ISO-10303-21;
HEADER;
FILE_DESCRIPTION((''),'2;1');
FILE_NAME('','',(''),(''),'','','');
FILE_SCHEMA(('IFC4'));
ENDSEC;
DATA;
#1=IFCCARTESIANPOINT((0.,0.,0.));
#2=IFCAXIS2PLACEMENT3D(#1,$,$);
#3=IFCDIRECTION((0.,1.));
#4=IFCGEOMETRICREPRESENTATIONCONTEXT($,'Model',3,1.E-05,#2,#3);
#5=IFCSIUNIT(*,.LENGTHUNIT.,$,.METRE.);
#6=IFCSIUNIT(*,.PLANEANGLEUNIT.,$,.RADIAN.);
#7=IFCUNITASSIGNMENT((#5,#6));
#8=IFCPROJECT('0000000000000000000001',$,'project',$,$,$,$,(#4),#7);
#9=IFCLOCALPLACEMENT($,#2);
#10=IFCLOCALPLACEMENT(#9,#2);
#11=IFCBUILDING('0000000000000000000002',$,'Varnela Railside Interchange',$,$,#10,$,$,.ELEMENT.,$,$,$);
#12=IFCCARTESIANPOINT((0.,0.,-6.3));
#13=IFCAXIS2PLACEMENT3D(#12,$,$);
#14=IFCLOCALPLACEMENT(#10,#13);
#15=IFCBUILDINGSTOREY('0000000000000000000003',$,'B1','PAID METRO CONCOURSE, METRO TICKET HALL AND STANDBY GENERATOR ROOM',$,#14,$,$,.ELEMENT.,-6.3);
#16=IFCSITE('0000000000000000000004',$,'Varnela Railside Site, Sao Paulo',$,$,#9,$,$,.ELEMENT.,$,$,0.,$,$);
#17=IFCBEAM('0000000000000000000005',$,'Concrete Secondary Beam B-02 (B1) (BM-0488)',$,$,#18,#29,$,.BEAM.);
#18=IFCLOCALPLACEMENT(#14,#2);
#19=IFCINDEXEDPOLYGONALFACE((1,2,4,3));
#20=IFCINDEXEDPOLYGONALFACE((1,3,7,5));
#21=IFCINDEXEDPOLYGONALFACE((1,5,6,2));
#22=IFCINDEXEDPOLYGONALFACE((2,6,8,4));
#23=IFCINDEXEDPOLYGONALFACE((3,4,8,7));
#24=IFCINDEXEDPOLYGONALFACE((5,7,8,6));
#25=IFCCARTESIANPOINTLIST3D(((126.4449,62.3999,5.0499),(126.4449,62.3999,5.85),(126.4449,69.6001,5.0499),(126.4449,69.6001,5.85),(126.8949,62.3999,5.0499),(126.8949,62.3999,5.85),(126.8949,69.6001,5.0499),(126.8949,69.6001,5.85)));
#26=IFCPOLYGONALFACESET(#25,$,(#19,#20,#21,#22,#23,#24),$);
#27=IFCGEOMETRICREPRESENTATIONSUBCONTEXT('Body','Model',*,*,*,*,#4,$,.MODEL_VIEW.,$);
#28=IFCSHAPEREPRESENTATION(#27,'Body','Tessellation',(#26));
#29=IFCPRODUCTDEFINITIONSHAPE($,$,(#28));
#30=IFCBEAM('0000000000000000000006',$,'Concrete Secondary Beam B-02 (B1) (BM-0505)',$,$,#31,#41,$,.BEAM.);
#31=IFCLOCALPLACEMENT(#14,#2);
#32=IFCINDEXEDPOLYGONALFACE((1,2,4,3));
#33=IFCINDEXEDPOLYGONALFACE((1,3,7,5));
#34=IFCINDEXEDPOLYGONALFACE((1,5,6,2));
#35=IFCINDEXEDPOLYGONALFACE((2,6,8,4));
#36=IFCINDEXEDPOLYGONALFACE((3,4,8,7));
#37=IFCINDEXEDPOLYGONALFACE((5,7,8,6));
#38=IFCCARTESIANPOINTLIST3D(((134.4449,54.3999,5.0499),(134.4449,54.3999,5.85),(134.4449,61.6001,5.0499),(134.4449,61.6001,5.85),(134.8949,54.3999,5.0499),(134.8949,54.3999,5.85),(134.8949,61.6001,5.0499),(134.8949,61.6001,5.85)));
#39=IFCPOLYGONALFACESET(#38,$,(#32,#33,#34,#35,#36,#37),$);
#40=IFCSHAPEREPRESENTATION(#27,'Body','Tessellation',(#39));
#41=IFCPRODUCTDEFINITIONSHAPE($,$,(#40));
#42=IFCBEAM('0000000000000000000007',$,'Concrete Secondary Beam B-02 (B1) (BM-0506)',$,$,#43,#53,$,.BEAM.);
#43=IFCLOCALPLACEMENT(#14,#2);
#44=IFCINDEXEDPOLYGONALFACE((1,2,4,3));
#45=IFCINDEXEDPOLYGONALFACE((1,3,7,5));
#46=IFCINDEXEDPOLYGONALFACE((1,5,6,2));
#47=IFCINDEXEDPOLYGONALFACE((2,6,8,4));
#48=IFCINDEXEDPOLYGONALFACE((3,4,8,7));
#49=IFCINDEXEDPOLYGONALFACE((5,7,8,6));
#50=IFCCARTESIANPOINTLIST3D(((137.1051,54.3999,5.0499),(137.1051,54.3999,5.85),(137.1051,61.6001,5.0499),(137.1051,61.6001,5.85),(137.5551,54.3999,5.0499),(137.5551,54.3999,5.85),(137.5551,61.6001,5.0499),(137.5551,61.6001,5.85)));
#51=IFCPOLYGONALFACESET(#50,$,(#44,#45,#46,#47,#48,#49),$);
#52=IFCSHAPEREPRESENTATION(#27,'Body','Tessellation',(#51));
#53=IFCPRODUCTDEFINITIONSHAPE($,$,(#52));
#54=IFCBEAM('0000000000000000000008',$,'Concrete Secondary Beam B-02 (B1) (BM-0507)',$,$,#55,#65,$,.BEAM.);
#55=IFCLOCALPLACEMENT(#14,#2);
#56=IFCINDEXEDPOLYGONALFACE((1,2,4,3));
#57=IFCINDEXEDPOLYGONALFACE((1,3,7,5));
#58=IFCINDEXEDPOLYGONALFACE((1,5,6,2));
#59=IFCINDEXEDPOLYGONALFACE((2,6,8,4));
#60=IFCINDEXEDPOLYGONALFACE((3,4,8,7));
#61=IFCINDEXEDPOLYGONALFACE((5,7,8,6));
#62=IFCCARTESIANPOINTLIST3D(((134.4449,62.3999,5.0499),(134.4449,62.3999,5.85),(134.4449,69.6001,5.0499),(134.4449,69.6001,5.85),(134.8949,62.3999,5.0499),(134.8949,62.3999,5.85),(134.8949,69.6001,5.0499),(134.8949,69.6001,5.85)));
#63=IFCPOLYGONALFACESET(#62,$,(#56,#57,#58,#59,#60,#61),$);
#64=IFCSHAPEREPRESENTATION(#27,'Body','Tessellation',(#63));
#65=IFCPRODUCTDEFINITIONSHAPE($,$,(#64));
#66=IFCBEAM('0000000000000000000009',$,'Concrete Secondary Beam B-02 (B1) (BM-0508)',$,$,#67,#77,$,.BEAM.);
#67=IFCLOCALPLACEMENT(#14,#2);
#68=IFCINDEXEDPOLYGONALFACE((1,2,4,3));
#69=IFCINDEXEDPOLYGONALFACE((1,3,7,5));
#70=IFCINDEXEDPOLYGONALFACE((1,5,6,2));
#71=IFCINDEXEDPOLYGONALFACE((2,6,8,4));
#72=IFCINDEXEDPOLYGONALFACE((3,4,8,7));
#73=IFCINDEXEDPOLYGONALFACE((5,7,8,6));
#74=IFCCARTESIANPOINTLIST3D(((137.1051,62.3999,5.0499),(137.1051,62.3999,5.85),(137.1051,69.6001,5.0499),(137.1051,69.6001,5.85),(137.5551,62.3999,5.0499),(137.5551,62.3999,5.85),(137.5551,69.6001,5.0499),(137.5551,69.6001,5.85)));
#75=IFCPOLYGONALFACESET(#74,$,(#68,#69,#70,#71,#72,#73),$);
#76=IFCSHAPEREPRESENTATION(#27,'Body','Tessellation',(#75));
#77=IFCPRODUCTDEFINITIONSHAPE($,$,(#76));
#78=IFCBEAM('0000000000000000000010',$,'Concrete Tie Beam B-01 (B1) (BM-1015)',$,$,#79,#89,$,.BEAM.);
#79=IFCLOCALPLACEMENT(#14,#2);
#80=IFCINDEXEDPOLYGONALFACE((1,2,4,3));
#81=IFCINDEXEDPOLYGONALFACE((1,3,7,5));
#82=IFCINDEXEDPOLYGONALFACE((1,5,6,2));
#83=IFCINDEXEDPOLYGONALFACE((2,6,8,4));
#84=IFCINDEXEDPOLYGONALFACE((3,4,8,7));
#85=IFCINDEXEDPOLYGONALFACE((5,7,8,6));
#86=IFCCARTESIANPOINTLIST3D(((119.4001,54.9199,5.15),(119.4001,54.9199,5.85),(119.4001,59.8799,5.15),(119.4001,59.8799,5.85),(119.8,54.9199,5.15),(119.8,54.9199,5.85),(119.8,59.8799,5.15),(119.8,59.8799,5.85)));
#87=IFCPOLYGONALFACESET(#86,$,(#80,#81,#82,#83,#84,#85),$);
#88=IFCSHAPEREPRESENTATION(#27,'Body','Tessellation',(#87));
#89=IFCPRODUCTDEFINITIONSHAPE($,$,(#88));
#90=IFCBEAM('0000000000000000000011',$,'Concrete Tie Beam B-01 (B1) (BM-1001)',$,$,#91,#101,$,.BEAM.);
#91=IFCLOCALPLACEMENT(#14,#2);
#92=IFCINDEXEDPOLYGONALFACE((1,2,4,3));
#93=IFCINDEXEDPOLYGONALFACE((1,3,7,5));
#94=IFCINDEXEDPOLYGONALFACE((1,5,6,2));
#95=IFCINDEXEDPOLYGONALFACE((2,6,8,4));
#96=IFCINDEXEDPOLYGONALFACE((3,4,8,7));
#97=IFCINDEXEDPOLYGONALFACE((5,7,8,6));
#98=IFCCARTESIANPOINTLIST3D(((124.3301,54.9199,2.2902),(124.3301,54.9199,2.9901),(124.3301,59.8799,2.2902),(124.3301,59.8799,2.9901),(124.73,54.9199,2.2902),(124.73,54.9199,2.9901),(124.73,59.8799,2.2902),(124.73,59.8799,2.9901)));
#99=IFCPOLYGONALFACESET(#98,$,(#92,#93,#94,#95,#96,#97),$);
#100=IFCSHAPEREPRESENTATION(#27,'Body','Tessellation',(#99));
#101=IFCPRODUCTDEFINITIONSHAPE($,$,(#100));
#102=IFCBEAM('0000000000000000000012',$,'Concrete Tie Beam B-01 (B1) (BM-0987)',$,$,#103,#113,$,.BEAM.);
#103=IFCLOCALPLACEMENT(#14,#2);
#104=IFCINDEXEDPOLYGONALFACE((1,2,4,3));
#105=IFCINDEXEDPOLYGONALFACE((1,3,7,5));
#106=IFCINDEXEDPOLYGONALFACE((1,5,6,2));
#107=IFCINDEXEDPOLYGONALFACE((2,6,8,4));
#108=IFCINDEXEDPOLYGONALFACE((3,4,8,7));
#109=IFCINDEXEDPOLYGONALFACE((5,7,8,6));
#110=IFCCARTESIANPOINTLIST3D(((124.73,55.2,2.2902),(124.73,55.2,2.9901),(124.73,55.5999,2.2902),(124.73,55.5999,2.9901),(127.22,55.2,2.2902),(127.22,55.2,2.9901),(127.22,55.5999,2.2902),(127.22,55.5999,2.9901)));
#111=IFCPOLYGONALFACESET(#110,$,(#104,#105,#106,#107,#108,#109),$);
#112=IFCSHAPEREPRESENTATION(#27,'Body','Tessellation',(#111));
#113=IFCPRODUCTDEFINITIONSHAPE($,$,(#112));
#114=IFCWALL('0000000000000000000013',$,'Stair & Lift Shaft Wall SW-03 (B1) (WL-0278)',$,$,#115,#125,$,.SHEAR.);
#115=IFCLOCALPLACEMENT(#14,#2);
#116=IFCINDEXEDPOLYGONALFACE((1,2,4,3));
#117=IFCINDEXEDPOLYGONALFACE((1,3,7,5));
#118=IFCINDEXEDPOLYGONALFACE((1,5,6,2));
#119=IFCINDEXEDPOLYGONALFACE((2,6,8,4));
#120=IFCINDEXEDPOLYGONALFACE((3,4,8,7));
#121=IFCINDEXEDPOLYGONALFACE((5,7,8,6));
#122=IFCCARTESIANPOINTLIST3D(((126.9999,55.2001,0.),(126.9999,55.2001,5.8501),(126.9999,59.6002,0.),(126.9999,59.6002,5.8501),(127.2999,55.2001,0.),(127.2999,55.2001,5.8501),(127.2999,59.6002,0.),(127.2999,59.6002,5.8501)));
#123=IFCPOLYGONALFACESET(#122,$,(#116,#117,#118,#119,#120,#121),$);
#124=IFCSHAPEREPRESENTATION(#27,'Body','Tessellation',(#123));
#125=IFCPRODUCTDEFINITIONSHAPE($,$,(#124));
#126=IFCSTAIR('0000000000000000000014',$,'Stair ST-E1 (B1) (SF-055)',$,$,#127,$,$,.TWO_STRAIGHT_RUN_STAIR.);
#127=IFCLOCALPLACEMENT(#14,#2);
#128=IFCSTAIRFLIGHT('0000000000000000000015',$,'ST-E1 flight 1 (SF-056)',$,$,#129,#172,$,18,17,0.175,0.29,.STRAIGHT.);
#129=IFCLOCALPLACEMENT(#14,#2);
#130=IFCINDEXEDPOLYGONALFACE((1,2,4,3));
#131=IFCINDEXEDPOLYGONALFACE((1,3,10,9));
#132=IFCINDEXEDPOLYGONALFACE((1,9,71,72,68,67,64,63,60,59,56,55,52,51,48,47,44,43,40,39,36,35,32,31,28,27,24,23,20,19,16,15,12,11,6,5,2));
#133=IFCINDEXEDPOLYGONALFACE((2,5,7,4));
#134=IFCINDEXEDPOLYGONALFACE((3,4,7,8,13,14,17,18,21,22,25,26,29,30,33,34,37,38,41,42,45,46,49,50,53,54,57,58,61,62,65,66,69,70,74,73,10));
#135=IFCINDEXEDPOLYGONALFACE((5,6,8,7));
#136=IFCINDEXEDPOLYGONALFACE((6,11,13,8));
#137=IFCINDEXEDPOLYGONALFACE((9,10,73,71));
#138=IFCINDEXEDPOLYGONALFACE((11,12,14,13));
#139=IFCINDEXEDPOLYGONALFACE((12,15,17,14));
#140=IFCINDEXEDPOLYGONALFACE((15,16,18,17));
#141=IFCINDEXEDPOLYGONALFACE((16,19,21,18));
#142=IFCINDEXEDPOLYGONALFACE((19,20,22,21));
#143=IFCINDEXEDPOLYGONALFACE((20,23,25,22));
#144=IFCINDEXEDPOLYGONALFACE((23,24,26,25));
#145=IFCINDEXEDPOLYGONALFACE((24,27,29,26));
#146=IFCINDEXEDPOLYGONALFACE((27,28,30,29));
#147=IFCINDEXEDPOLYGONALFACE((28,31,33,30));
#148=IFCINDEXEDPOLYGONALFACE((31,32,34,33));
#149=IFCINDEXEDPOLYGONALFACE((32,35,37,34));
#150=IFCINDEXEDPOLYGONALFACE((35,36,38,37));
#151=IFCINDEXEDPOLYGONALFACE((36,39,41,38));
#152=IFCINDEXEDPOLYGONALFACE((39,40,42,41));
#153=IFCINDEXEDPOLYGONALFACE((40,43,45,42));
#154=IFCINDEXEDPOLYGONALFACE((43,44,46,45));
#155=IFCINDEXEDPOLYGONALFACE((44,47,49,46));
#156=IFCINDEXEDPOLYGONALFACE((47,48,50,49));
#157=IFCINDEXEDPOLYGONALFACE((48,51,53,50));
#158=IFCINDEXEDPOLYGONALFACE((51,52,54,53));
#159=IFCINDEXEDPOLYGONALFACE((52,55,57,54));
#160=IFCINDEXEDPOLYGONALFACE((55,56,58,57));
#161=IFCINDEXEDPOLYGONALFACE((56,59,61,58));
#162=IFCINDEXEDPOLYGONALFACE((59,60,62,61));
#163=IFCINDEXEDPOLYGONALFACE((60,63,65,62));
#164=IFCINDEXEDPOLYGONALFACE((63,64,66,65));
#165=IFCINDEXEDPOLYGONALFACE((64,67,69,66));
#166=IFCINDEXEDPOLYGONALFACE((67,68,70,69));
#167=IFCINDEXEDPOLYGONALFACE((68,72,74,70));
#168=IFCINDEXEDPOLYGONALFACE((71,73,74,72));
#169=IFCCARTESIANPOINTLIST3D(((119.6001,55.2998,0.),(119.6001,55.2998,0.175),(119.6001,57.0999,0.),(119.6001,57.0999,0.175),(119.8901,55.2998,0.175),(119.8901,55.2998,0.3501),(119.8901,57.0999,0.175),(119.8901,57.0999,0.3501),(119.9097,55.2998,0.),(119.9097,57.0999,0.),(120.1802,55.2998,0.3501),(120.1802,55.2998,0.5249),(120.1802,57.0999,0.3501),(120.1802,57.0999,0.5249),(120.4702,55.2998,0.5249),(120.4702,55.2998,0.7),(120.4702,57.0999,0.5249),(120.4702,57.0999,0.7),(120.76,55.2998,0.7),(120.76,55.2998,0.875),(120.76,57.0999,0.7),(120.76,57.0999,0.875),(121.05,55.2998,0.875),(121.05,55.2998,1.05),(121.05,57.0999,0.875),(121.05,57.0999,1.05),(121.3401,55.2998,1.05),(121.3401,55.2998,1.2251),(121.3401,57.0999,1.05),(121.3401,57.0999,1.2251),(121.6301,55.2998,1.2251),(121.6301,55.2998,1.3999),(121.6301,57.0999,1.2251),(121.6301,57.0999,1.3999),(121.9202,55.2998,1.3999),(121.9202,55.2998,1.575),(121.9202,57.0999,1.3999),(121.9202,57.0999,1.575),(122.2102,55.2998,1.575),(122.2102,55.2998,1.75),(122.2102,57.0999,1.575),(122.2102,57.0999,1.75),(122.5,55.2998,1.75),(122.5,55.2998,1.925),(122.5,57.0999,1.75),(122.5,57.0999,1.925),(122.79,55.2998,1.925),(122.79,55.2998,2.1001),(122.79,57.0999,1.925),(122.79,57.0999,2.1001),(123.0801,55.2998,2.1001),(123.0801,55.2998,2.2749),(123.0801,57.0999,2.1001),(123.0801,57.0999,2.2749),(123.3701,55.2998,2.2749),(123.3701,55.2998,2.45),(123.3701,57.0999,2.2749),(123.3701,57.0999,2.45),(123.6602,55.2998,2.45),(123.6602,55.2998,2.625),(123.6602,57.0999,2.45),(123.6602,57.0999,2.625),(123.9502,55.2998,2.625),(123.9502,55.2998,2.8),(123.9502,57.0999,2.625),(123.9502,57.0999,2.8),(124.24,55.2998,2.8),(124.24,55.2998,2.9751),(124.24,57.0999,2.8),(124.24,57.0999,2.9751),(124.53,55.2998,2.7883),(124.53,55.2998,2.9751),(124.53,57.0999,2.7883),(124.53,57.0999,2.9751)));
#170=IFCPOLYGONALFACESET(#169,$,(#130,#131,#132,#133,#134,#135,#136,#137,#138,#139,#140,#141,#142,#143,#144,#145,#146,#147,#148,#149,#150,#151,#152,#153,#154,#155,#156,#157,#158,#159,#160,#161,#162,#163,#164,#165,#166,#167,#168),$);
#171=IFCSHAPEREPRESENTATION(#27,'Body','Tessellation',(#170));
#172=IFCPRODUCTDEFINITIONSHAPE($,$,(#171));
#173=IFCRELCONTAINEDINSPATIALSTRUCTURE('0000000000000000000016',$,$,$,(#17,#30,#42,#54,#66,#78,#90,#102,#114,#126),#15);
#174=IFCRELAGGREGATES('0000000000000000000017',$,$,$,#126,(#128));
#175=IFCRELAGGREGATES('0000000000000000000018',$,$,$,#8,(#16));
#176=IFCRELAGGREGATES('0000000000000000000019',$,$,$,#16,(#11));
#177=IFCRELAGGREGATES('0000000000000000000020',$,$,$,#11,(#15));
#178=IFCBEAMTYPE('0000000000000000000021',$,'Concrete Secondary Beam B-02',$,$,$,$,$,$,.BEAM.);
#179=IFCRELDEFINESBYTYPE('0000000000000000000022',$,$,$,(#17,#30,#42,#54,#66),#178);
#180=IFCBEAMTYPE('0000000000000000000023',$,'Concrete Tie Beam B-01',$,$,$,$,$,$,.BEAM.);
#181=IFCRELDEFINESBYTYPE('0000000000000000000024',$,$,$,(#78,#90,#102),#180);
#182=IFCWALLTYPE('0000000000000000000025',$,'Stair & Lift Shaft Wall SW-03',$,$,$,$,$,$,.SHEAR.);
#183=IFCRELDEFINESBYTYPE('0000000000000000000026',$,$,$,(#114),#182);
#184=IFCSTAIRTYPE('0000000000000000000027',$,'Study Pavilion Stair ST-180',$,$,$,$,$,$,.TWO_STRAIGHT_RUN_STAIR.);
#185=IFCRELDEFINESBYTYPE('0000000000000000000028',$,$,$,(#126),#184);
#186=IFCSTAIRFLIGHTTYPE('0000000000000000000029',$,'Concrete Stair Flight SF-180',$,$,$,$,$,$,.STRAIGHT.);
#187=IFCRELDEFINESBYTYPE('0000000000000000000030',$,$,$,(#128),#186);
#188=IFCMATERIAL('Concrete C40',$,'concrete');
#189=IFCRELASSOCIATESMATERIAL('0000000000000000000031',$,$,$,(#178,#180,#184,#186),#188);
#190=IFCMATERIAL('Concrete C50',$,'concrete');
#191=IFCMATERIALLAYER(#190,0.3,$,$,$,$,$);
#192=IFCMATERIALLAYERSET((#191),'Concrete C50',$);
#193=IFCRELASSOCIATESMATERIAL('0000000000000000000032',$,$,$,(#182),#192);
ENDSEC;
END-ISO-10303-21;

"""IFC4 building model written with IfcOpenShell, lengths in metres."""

from ifc_helpers import new_model, si_unit, direction, frame, frame_2d, origin, origin_2d, place, context, subcontext, project, spatial, polyline, rectangle, outline, extrude, material, layer, layer_set, material_profile, profile_set, type_object, element, aggregate, save


model = new_model("IFC4")

# Units and contexts
model_context = context("Model", 3, precision=1e-05, world=origin(), true_north=direction((0.0, 1.0)))
body_context = subcontext(model_context, "Body", "Model", "MODEL_VIEW")
ifc_project = project(units=[si_unit("LENGTHUNIT", "METRE"), si_unit("PLANEANGLEUNIT", "RADIAN")], contexts=[model_context])

# Site, building, storey
site_placement = place(None, origin())
site = spatial("IfcSite", under=ifc_project, at=site_placement, Name="Varnela Railside Site, Sao Paulo", CompositionType="ELEMENT", RefElevation=0.0)
building_placement = place(site_placement, origin())
building = spatial("IfcBuilding", under=site, at=building_placement, Name="Varnela Railside Interchange", CompositionType="ELEMENT")
storey_placement = place(building_placement, frame((0.0, 0.0, -6.3)))
storey = spatial("IfcBuildingStorey", under=building, at=storey_placement, Name="B1", Description="PAID METRO CONCOURSE, METRO TICKET HALL AND STANDBY GENERATOR ROOM", CompositionType="ELEMENT", Elevation=-6.3)

# Shared definitions
ifc_material_1 = material(Name="Concrete C50", Category="concrete")

# Beams
ifc_material_2 = material(Name="Concrete C40", Category="concrete")
ifc_material_profile_1 = material_profile(ifc_material_2, rectangle(XDim=0.45, YDim=0.8, at=origin_2d()), Name="RC 450x800")
ifc_profile_set_1 = profile_set([ifc_material_profile_1], Name="Concrete C40")
beam_type_1 = type_object("IfcBeamType", Name="Concrete Secondary Beam B-02", PredefinedType="BEAM", material=ifc_profile_set_1)
for number, where, z_axis, x_axis, name in (
    (1, (126.6699, 62.3999, 5.45), (0.0, 1.0, 0.0), (-1.0, 0.0, 0.0), "Concrete Secondary Beam B-02 (B1) (BM-0488)"),
    (2, (134.6699, 54.3999, 5.45), (0.0, 1.0, 0.0), (-1.0, 0.0, 0.0), "Concrete Secondary Beam B-02 (B1) (BM-0505)"),
    (3, (137.3301, 54.3999, 5.45), (0.0, 1.0, 0.0), (-1.0, 0.0, 0.0), "Concrete Secondary Beam B-02 (B1) (BM-0506)"),
    (4, (134.6699, 62.3999, 5.45), (0.0, 1.0, 0.0), (-1.0, 0.0, 0.0), "Concrete Secondary Beam B-02 (B1) (BM-0507)"),
    (5, (137.3301, 62.3999, 5.45), (0.0, 1.0, 0.0), (-1.0, 0.0, 0.0), "Concrete Secondary Beam B-02 (B1) (BM-0508)"),
):
    element("IfcBeam", number, at=place(storey_placement, frame(where, z_axis=z_axis, x_axis=x_axis)), inside=storey, type_object=beam_type_1, Name=name, PredefinedType="BEAM", context=body_context, shape_type="SweptSolid", body=[
        extrude(rectangle(XDim=0.45, YDim=0.8, at=origin_2d()), origin(), (0.0, 0.0, 1.0), 7.2002),
    ])
ifc_material_profile_2 = material_profile(ifc_material_2, rectangle(XDim=0.3999, YDim=0.7, at=origin_2d()), Name="RC 400x700")
ifc_profile_set_2 = profile_set([ifc_material_profile_2], Name="Concrete C40")
beam_type_2 = type_object("IfcBeamType", Name="Concrete Tie Beam B-01", PredefinedType="BEAM", material=ifc_profile_set_2)
for number, where, z_axis, x_axis, name in (
    (6, (119.6001, 54.9199, 5.5), (0.0, 1.0, 0.0), (-1.0, 0.0, 0.0), "Concrete Tie Beam B-01 (B1) (BM-1015)"),
    (7, (124.53, 54.9199, 2.6401), (0.0, 1.0, 0.0), (-1.0, 0.0, 0.0), "Concrete Tie Beam B-01 (B1) (BM-1001)"),
):
    element("IfcBeam", number, at=place(storey_placement, frame(where, z_axis=z_axis, x_axis=x_axis)), inside=storey, type_object=beam_type_2, Name=name, PredefinedType="BEAM", context=body_context, shape_type="SweptSolid", body=[
        extrude(rectangle(XDim=0.3999, YDim=0.7, at=origin_2d()), origin(), (0.0, 0.0, 1.0), 4.96),
    ])
beam_placement = place(storey_placement, frame((124.73, 55.3999, 2.6401), z_axis=(1.0, 0.0, 0.0), x_axis=(0.0, 1.0, 0.0)))
element("IfcBeam", 8, at=beam_placement, inside=storey, type_object=beam_type_2, Name="Concrete Tie Beam B-01 (B1) (BM-0987)", PredefinedType="BEAM", context=body_context, shape_type="SweptSolid", body=[
    extrude(rectangle(XDim=0.3999, YDim=0.7, at=origin_2d()), origin(), (0.0, 0.0, 1.0), 2.49),
])

# Wall
ifc_layer = layer(ifc_material_1, 0.3)
ifc_layer_set = layer_set([ifc_layer], Name="Concrete C50")
wall_type = type_object("IfcWallType", Name="Stair & Lift Shaft Wall SW-03", PredefinedType="SHEAR", material=ifc_layer_set)
wall_placement = place(storey_placement, frame((127.1499, 55.2, 0.0), z_axis=(0.0, 0.0, 1.0), x_axis=(0.0, 1.0, 0.0)))
element("IfcWall", 9, at=wall_placement, inside=storey, type_object=wall_type, Name="Stair & Lift Shaft Wall SW-03 (B1) (WL-0278)", PredefinedType="SHEAR", context=body_context, shape_type="SweptSolid", body=[
    extrude(rectangle(XDim=4.4001, YDim=0.3, at=frame_2d((2.2002, 0.0))), origin(), (0.0, 0.0, 1.0), 5.8501),
])

# Stair, stair flight
stair_type = type_object("IfcStairType", Name="Study Pavilion Stair ST-180", PredefinedType="TWO_STRAIGHT_RUN_STAIR", material=ifc_material_2)
stair_placement = place(storey_placement, origin())
stair = element("IfcStair", 10, at=stair_placement, inside=storey, type_object=stair_type, Name="Stair ST-E1 (B1) (SF-055)", PredefinedType="TWO_STRAIGHT_RUN_STAIR")
stair_flight_type = type_object("IfcStairFlightType", Name="Concrete Stair Flight SF-180", PredefinedType="STRAIGHT", material=ifc_material_2)
stair_flight_1_placement = place(storey_placement, frame((119.6001, 56.2, 0.0), z_axis=(0.0, 0.0, 1.0), x_axis=(1.0, 0.0, 0.0)))
stair_flight_1 = element("IfcStairFlight", 11, at=stair_flight_1_placement, type_object=stair_flight_type, Name="ST-E1 flight 1 (SF-056)", NumberOfRisers=18, NumberOfTreads=17, PredefinedType="STRAIGHT", RiserHeight=0.175, TreadLength=0.29, context=body_context, shape_type="SweptSolid", body=[
    extrude(outline(polyline([(0.0, 0.0), (0.0, 0.175), (0.29, 0.175), (0.29, 0.3501), (0.5801, 0.3501), (0.5801, 0.5249), (0.8701, 0.5249), (0.8701, 0.7), (1.1599, 0.7), (1.1599, 0.875), (1.45, 0.875), (1.45, 1.05), (1.74, 1.05), (1.74, 1.2251), (2.03, 1.2251), (2.03, 1.3999), (2.3201, 1.3999), (2.3201, 1.575), (2.6101, 1.575), (2.6101, 1.75), (2.8999, 1.75), (2.8999, 1.925), (3.1899, 1.925), (3.1899, 2.1001), (3.48, 2.1001), (3.48, 2.2749), (3.77, 2.2749), (3.77, 2.45), (4.0601, 2.45), (4.0601, 2.625), (4.3501, 2.625), (4.3501, 2.8), (4.6399, 2.8), (4.6399, 2.9751), (4.9299, 2.9751), (4.9299, 3.1499), (4.9299, 2.7883), (0.3096, 0.0), (0.0, 0.0)])), frame((0.0, 0.8999, 0.0), z_axis=(0.0, -1.0, 0.0), x_axis=(1.0, 0.0, 0.0)), (0.0, 0.0, 1.0), 1.8),
])
aggregate(stair, [stair_flight_1])

save(model, "model.ifc")
